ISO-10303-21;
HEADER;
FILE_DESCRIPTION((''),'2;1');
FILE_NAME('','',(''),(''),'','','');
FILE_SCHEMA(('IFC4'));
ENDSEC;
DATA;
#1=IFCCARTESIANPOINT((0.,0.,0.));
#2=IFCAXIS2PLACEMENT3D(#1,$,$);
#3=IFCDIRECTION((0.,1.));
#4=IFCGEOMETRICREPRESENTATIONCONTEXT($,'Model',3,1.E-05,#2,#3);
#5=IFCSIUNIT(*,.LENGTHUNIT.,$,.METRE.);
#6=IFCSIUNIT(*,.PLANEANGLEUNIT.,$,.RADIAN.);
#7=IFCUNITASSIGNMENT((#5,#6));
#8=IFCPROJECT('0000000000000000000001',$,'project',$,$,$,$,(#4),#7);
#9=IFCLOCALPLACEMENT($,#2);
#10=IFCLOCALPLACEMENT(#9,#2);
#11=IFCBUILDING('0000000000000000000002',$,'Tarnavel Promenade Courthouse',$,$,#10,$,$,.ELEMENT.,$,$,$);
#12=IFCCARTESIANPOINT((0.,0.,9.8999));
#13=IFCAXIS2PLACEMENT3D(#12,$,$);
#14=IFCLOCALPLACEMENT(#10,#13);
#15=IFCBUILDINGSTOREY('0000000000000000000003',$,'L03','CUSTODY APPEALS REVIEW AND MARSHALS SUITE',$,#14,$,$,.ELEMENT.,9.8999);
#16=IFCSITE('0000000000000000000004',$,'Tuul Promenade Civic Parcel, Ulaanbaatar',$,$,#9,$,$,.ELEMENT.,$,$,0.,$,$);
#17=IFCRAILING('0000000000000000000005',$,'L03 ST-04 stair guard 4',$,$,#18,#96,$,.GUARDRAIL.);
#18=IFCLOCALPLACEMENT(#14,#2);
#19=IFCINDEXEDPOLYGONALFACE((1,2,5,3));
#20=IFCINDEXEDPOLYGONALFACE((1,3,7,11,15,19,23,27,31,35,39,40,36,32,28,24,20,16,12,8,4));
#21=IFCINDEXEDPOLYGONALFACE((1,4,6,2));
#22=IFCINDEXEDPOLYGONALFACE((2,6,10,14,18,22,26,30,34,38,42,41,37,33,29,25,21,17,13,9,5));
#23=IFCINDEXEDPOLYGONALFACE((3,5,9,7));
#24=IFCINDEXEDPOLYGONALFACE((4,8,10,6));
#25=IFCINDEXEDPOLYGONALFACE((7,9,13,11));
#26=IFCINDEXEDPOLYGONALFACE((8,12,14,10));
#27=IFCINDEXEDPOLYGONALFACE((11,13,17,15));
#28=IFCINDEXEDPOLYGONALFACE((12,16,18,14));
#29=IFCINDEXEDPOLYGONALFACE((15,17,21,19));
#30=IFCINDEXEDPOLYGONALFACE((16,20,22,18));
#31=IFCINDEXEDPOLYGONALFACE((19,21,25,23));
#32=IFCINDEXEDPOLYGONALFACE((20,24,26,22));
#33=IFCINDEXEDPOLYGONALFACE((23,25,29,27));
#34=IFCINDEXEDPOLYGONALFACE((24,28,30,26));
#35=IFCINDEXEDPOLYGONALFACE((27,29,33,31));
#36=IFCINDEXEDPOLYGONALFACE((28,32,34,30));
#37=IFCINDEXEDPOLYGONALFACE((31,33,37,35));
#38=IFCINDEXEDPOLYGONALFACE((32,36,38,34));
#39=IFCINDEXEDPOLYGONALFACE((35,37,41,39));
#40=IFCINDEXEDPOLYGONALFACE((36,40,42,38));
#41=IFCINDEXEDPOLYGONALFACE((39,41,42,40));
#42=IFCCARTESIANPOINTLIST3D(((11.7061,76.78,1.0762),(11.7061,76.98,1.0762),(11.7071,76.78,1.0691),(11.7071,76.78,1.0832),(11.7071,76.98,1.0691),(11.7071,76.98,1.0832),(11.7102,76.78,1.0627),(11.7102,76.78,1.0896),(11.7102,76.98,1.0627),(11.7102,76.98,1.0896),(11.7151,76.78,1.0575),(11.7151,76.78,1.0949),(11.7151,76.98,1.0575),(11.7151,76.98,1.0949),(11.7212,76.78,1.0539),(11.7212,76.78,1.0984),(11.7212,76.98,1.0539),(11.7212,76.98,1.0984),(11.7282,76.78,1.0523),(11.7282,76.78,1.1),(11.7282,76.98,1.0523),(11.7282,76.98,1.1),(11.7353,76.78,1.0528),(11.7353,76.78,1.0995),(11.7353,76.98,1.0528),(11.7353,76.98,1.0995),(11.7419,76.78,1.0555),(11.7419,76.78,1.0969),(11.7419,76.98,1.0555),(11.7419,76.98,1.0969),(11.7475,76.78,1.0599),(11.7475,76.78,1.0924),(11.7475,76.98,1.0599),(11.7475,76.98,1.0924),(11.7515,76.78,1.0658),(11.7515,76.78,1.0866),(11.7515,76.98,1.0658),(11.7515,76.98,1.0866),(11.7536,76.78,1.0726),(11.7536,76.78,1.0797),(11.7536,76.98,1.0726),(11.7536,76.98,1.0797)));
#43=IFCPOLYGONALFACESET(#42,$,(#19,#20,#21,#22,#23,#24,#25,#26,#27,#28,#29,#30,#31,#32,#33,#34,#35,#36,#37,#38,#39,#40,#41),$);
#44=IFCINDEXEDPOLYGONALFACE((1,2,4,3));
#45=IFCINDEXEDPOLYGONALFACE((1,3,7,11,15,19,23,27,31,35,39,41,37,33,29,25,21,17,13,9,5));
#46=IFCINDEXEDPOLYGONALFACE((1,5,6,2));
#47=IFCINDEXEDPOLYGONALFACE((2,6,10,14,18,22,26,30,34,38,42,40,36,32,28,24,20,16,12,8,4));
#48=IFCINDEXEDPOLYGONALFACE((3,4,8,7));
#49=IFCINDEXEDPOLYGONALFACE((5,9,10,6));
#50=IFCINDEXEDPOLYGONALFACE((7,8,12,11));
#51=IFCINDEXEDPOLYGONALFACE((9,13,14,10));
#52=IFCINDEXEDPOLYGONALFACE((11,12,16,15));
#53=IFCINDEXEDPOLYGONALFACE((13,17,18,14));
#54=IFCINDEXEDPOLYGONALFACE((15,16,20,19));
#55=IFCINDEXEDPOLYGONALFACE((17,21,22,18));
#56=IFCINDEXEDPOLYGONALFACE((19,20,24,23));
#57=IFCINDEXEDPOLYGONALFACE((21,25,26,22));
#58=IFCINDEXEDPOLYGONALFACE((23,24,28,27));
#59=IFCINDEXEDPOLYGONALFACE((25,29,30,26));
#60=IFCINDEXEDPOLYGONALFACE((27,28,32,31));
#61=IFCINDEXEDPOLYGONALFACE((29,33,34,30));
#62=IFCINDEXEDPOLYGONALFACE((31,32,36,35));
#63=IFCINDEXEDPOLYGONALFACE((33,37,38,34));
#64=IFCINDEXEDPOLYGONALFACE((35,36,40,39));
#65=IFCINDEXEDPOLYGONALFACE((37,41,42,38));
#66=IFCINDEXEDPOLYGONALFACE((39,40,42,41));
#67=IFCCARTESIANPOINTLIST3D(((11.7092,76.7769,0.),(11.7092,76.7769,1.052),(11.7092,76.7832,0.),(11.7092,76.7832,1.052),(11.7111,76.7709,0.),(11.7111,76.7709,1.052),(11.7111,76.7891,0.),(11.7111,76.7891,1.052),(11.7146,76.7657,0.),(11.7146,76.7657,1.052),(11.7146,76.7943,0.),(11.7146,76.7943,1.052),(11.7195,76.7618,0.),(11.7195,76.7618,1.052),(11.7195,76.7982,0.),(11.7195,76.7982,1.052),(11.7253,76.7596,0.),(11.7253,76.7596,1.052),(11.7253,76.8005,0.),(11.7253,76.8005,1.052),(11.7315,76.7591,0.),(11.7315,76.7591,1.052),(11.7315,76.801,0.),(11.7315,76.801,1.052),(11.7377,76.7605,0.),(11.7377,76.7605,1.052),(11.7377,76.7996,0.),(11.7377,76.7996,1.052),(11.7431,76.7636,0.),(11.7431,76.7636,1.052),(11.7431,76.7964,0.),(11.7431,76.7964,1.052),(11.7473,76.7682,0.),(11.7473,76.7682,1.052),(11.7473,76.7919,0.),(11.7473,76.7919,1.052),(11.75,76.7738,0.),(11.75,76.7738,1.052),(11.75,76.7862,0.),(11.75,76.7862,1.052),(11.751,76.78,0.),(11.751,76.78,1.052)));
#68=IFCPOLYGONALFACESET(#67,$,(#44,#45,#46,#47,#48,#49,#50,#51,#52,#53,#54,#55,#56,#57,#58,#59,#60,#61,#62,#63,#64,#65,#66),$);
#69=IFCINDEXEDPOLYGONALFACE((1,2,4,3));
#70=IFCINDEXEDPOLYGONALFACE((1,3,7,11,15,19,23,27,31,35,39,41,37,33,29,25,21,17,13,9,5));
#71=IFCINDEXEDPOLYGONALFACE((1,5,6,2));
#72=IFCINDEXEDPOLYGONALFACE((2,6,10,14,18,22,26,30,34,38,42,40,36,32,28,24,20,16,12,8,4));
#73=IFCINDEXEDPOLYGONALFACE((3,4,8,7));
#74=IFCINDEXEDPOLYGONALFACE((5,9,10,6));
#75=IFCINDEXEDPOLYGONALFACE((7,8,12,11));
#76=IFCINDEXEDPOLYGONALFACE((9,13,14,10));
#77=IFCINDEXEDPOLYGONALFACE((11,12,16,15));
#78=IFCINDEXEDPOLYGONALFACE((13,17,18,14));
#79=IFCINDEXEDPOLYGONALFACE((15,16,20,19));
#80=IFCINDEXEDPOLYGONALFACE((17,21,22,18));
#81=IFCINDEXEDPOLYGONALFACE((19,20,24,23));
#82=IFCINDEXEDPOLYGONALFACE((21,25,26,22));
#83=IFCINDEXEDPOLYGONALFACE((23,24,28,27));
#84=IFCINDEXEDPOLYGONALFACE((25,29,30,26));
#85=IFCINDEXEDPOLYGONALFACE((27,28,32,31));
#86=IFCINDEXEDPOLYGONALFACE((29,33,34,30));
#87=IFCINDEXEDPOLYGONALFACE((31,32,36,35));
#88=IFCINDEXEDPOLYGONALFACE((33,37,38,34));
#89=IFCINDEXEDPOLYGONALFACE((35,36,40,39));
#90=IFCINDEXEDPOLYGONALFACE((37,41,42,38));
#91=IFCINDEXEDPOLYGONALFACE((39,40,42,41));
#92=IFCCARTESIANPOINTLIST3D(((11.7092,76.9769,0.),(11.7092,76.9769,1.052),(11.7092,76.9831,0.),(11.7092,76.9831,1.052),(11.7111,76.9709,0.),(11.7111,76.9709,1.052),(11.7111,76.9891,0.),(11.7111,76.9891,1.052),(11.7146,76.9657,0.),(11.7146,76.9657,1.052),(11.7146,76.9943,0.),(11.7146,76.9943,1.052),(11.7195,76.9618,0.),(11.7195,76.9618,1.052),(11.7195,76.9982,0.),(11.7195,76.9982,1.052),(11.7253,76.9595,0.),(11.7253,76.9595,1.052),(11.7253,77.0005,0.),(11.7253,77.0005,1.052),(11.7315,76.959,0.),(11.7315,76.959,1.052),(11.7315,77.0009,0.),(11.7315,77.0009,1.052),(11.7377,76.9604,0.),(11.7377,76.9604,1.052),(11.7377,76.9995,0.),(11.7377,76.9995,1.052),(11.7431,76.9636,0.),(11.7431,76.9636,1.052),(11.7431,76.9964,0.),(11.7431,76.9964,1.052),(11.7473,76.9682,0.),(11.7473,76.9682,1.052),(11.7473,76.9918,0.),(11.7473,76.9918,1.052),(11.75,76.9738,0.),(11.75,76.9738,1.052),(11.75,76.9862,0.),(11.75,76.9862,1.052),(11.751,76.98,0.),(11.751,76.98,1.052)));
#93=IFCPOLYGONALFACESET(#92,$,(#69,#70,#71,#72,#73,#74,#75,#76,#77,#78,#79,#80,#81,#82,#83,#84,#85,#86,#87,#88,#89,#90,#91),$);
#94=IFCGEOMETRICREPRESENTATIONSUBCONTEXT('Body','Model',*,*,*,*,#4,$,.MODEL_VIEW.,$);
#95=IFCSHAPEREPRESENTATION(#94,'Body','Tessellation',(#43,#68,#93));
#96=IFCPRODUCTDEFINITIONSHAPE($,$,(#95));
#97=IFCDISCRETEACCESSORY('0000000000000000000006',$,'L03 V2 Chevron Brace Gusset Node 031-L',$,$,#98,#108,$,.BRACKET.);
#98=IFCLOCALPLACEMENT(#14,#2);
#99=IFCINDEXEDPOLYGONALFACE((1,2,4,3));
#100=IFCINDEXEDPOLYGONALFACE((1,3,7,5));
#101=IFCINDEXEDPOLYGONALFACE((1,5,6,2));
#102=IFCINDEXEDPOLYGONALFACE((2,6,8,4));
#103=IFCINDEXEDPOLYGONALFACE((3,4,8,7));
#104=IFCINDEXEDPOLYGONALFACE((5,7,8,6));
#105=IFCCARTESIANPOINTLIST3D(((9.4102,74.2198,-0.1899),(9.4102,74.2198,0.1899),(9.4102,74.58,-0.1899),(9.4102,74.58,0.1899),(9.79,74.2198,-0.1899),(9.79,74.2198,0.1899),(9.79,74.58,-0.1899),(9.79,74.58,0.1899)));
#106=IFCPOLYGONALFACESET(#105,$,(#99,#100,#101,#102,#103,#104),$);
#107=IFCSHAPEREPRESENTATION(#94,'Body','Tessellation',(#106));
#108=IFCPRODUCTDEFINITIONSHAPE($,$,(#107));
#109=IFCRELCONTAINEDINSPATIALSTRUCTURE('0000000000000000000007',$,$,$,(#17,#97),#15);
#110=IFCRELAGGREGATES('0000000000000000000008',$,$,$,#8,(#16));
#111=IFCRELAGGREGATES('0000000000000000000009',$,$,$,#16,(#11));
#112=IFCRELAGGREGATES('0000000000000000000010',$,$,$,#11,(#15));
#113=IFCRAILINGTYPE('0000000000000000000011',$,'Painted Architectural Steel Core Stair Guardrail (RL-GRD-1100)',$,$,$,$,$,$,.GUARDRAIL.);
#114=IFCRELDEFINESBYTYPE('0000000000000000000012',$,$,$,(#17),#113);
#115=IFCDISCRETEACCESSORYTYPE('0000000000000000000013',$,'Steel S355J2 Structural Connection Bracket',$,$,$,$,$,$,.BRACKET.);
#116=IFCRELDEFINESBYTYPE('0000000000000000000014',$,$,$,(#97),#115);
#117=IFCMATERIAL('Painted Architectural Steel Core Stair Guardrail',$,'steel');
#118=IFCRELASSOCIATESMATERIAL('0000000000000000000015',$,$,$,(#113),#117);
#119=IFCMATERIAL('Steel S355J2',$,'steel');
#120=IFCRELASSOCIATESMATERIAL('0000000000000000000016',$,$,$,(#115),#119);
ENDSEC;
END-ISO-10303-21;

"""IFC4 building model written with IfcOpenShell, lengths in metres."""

from ifc_helpers import new_model, si_unit, direction, frame, origin, origin_2d, place, context, subcontext, project, spatial, rectangle, circle, extrude, material, type_object, element, save


model = new_model("IFC4")

# Units and contexts
model_context = context("Model", 3, precision=1e-05, world=origin(), true_north=direction((0.0, 1.0)))
body_context = subcontext(model_context, "Body", "Model", "MODEL_VIEW")
ifc_project = project(units=[si_unit("LENGTHUNIT", "METRE"), si_unit("PLANEANGLEUNIT", "RADIAN")], contexts=[model_context])

# Site, building, storey
site_placement = place(None, origin())
site = spatial("IfcSite", under=ifc_project, at=site_placement, Name="Tuul Promenade Civic Parcel, Ulaanbaatar", CompositionType="ELEMENT", RefElevation=0.0)
building_placement = place(site_placement, origin())
building = spatial("IfcBuilding", under=site, at=building_placement, Name="Tarnavel Promenade Courthouse", CompositionType="ELEMENT")
storey_placement = place(building_placement, frame((0.0, 0.0, 9.8999)))
storey = spatial("IfcBuildingStorey", under=building, at=storey_placement, Name="L03", Description="CUSTODY APPEALS REVIEW AND MARSHALS SUITE", CompositionType="ELEMENT", Elevation=9.8999)

# Shared definitions
ifc_material_1 = material(Name="Steel S355J2", Category="steel")

# Railing
ifc_material_2 = material(Name="Painted Architectural Steel Core Stair Guardrail", Category="steel")
railing_type_1 = type_object("IfcRailingType", Name="Painted Architectural Steel Core Stair Guardrail (RL-GRD-1100)", PredefinedType="GUARDRAIL", material=ifc_material_2)
railing_1_placement = place(storey_placement, frame((11.73, 76.78, 0.0)))
element("IfcRailing", 1, at=railing_1_placement, inside=storey, type_object=railing_type_1, Name="L03 ST-04 stair guard 4", PredefinedType="GUARDRAIL", context=body_context, shape_type="SweptSolid", body=[
    extrude(circle(Radius=0.0239, at=origin_2d()), frame((0.0, 0.0, 1.0762), z_axis=(0.0, 1.0, 0.0), x_axis=(-1.0, 0.0, 0.0)), (0.0, 0.0, 1.0), 0.2),
    extrude(circle(Radius=0.021, at=origin_2d()), origin(), (0.0, 0.0, 1.0), 1.052),
    extrude(circle(Radius=0.021, at=origin_2d()), frame((0.0, 0.2, 0.0)), (0.0, 0.0, 1.0), 1.052),
])

# Discrete accessory
discrete_accessory_type = type_object("IfcDiscreteAccessoryType", Name="Steel S355J2 Structural Connection Bracket", PredefinedType="BRACKET", material=ifc_material_1)
discrete_accessory_placement = place(storey_placement, frame((9.6001, 74.3999, -0.1899), z_axis=(0.0, 0.0, 1.0), x_axis=(1.0, 0.0, 0.0)))
element("IfcDiscreteAccessory", 2, at=discrete_accessory_placement, inside=storey, type_object=discrete_accessory_type, Name="L03 V2 Chevron Brace Gusset Node 031-L", PredefinedType="BRACKET", context=body_context, shape_type="SweptSolid", body=[
    extrude(rectangle(XDim=0.3799, YDim=0.3601, at=origin_2d()), origin(), (0.0, 0.0, 1.0), 0.3799),
])

save(model, "model.ifc")
